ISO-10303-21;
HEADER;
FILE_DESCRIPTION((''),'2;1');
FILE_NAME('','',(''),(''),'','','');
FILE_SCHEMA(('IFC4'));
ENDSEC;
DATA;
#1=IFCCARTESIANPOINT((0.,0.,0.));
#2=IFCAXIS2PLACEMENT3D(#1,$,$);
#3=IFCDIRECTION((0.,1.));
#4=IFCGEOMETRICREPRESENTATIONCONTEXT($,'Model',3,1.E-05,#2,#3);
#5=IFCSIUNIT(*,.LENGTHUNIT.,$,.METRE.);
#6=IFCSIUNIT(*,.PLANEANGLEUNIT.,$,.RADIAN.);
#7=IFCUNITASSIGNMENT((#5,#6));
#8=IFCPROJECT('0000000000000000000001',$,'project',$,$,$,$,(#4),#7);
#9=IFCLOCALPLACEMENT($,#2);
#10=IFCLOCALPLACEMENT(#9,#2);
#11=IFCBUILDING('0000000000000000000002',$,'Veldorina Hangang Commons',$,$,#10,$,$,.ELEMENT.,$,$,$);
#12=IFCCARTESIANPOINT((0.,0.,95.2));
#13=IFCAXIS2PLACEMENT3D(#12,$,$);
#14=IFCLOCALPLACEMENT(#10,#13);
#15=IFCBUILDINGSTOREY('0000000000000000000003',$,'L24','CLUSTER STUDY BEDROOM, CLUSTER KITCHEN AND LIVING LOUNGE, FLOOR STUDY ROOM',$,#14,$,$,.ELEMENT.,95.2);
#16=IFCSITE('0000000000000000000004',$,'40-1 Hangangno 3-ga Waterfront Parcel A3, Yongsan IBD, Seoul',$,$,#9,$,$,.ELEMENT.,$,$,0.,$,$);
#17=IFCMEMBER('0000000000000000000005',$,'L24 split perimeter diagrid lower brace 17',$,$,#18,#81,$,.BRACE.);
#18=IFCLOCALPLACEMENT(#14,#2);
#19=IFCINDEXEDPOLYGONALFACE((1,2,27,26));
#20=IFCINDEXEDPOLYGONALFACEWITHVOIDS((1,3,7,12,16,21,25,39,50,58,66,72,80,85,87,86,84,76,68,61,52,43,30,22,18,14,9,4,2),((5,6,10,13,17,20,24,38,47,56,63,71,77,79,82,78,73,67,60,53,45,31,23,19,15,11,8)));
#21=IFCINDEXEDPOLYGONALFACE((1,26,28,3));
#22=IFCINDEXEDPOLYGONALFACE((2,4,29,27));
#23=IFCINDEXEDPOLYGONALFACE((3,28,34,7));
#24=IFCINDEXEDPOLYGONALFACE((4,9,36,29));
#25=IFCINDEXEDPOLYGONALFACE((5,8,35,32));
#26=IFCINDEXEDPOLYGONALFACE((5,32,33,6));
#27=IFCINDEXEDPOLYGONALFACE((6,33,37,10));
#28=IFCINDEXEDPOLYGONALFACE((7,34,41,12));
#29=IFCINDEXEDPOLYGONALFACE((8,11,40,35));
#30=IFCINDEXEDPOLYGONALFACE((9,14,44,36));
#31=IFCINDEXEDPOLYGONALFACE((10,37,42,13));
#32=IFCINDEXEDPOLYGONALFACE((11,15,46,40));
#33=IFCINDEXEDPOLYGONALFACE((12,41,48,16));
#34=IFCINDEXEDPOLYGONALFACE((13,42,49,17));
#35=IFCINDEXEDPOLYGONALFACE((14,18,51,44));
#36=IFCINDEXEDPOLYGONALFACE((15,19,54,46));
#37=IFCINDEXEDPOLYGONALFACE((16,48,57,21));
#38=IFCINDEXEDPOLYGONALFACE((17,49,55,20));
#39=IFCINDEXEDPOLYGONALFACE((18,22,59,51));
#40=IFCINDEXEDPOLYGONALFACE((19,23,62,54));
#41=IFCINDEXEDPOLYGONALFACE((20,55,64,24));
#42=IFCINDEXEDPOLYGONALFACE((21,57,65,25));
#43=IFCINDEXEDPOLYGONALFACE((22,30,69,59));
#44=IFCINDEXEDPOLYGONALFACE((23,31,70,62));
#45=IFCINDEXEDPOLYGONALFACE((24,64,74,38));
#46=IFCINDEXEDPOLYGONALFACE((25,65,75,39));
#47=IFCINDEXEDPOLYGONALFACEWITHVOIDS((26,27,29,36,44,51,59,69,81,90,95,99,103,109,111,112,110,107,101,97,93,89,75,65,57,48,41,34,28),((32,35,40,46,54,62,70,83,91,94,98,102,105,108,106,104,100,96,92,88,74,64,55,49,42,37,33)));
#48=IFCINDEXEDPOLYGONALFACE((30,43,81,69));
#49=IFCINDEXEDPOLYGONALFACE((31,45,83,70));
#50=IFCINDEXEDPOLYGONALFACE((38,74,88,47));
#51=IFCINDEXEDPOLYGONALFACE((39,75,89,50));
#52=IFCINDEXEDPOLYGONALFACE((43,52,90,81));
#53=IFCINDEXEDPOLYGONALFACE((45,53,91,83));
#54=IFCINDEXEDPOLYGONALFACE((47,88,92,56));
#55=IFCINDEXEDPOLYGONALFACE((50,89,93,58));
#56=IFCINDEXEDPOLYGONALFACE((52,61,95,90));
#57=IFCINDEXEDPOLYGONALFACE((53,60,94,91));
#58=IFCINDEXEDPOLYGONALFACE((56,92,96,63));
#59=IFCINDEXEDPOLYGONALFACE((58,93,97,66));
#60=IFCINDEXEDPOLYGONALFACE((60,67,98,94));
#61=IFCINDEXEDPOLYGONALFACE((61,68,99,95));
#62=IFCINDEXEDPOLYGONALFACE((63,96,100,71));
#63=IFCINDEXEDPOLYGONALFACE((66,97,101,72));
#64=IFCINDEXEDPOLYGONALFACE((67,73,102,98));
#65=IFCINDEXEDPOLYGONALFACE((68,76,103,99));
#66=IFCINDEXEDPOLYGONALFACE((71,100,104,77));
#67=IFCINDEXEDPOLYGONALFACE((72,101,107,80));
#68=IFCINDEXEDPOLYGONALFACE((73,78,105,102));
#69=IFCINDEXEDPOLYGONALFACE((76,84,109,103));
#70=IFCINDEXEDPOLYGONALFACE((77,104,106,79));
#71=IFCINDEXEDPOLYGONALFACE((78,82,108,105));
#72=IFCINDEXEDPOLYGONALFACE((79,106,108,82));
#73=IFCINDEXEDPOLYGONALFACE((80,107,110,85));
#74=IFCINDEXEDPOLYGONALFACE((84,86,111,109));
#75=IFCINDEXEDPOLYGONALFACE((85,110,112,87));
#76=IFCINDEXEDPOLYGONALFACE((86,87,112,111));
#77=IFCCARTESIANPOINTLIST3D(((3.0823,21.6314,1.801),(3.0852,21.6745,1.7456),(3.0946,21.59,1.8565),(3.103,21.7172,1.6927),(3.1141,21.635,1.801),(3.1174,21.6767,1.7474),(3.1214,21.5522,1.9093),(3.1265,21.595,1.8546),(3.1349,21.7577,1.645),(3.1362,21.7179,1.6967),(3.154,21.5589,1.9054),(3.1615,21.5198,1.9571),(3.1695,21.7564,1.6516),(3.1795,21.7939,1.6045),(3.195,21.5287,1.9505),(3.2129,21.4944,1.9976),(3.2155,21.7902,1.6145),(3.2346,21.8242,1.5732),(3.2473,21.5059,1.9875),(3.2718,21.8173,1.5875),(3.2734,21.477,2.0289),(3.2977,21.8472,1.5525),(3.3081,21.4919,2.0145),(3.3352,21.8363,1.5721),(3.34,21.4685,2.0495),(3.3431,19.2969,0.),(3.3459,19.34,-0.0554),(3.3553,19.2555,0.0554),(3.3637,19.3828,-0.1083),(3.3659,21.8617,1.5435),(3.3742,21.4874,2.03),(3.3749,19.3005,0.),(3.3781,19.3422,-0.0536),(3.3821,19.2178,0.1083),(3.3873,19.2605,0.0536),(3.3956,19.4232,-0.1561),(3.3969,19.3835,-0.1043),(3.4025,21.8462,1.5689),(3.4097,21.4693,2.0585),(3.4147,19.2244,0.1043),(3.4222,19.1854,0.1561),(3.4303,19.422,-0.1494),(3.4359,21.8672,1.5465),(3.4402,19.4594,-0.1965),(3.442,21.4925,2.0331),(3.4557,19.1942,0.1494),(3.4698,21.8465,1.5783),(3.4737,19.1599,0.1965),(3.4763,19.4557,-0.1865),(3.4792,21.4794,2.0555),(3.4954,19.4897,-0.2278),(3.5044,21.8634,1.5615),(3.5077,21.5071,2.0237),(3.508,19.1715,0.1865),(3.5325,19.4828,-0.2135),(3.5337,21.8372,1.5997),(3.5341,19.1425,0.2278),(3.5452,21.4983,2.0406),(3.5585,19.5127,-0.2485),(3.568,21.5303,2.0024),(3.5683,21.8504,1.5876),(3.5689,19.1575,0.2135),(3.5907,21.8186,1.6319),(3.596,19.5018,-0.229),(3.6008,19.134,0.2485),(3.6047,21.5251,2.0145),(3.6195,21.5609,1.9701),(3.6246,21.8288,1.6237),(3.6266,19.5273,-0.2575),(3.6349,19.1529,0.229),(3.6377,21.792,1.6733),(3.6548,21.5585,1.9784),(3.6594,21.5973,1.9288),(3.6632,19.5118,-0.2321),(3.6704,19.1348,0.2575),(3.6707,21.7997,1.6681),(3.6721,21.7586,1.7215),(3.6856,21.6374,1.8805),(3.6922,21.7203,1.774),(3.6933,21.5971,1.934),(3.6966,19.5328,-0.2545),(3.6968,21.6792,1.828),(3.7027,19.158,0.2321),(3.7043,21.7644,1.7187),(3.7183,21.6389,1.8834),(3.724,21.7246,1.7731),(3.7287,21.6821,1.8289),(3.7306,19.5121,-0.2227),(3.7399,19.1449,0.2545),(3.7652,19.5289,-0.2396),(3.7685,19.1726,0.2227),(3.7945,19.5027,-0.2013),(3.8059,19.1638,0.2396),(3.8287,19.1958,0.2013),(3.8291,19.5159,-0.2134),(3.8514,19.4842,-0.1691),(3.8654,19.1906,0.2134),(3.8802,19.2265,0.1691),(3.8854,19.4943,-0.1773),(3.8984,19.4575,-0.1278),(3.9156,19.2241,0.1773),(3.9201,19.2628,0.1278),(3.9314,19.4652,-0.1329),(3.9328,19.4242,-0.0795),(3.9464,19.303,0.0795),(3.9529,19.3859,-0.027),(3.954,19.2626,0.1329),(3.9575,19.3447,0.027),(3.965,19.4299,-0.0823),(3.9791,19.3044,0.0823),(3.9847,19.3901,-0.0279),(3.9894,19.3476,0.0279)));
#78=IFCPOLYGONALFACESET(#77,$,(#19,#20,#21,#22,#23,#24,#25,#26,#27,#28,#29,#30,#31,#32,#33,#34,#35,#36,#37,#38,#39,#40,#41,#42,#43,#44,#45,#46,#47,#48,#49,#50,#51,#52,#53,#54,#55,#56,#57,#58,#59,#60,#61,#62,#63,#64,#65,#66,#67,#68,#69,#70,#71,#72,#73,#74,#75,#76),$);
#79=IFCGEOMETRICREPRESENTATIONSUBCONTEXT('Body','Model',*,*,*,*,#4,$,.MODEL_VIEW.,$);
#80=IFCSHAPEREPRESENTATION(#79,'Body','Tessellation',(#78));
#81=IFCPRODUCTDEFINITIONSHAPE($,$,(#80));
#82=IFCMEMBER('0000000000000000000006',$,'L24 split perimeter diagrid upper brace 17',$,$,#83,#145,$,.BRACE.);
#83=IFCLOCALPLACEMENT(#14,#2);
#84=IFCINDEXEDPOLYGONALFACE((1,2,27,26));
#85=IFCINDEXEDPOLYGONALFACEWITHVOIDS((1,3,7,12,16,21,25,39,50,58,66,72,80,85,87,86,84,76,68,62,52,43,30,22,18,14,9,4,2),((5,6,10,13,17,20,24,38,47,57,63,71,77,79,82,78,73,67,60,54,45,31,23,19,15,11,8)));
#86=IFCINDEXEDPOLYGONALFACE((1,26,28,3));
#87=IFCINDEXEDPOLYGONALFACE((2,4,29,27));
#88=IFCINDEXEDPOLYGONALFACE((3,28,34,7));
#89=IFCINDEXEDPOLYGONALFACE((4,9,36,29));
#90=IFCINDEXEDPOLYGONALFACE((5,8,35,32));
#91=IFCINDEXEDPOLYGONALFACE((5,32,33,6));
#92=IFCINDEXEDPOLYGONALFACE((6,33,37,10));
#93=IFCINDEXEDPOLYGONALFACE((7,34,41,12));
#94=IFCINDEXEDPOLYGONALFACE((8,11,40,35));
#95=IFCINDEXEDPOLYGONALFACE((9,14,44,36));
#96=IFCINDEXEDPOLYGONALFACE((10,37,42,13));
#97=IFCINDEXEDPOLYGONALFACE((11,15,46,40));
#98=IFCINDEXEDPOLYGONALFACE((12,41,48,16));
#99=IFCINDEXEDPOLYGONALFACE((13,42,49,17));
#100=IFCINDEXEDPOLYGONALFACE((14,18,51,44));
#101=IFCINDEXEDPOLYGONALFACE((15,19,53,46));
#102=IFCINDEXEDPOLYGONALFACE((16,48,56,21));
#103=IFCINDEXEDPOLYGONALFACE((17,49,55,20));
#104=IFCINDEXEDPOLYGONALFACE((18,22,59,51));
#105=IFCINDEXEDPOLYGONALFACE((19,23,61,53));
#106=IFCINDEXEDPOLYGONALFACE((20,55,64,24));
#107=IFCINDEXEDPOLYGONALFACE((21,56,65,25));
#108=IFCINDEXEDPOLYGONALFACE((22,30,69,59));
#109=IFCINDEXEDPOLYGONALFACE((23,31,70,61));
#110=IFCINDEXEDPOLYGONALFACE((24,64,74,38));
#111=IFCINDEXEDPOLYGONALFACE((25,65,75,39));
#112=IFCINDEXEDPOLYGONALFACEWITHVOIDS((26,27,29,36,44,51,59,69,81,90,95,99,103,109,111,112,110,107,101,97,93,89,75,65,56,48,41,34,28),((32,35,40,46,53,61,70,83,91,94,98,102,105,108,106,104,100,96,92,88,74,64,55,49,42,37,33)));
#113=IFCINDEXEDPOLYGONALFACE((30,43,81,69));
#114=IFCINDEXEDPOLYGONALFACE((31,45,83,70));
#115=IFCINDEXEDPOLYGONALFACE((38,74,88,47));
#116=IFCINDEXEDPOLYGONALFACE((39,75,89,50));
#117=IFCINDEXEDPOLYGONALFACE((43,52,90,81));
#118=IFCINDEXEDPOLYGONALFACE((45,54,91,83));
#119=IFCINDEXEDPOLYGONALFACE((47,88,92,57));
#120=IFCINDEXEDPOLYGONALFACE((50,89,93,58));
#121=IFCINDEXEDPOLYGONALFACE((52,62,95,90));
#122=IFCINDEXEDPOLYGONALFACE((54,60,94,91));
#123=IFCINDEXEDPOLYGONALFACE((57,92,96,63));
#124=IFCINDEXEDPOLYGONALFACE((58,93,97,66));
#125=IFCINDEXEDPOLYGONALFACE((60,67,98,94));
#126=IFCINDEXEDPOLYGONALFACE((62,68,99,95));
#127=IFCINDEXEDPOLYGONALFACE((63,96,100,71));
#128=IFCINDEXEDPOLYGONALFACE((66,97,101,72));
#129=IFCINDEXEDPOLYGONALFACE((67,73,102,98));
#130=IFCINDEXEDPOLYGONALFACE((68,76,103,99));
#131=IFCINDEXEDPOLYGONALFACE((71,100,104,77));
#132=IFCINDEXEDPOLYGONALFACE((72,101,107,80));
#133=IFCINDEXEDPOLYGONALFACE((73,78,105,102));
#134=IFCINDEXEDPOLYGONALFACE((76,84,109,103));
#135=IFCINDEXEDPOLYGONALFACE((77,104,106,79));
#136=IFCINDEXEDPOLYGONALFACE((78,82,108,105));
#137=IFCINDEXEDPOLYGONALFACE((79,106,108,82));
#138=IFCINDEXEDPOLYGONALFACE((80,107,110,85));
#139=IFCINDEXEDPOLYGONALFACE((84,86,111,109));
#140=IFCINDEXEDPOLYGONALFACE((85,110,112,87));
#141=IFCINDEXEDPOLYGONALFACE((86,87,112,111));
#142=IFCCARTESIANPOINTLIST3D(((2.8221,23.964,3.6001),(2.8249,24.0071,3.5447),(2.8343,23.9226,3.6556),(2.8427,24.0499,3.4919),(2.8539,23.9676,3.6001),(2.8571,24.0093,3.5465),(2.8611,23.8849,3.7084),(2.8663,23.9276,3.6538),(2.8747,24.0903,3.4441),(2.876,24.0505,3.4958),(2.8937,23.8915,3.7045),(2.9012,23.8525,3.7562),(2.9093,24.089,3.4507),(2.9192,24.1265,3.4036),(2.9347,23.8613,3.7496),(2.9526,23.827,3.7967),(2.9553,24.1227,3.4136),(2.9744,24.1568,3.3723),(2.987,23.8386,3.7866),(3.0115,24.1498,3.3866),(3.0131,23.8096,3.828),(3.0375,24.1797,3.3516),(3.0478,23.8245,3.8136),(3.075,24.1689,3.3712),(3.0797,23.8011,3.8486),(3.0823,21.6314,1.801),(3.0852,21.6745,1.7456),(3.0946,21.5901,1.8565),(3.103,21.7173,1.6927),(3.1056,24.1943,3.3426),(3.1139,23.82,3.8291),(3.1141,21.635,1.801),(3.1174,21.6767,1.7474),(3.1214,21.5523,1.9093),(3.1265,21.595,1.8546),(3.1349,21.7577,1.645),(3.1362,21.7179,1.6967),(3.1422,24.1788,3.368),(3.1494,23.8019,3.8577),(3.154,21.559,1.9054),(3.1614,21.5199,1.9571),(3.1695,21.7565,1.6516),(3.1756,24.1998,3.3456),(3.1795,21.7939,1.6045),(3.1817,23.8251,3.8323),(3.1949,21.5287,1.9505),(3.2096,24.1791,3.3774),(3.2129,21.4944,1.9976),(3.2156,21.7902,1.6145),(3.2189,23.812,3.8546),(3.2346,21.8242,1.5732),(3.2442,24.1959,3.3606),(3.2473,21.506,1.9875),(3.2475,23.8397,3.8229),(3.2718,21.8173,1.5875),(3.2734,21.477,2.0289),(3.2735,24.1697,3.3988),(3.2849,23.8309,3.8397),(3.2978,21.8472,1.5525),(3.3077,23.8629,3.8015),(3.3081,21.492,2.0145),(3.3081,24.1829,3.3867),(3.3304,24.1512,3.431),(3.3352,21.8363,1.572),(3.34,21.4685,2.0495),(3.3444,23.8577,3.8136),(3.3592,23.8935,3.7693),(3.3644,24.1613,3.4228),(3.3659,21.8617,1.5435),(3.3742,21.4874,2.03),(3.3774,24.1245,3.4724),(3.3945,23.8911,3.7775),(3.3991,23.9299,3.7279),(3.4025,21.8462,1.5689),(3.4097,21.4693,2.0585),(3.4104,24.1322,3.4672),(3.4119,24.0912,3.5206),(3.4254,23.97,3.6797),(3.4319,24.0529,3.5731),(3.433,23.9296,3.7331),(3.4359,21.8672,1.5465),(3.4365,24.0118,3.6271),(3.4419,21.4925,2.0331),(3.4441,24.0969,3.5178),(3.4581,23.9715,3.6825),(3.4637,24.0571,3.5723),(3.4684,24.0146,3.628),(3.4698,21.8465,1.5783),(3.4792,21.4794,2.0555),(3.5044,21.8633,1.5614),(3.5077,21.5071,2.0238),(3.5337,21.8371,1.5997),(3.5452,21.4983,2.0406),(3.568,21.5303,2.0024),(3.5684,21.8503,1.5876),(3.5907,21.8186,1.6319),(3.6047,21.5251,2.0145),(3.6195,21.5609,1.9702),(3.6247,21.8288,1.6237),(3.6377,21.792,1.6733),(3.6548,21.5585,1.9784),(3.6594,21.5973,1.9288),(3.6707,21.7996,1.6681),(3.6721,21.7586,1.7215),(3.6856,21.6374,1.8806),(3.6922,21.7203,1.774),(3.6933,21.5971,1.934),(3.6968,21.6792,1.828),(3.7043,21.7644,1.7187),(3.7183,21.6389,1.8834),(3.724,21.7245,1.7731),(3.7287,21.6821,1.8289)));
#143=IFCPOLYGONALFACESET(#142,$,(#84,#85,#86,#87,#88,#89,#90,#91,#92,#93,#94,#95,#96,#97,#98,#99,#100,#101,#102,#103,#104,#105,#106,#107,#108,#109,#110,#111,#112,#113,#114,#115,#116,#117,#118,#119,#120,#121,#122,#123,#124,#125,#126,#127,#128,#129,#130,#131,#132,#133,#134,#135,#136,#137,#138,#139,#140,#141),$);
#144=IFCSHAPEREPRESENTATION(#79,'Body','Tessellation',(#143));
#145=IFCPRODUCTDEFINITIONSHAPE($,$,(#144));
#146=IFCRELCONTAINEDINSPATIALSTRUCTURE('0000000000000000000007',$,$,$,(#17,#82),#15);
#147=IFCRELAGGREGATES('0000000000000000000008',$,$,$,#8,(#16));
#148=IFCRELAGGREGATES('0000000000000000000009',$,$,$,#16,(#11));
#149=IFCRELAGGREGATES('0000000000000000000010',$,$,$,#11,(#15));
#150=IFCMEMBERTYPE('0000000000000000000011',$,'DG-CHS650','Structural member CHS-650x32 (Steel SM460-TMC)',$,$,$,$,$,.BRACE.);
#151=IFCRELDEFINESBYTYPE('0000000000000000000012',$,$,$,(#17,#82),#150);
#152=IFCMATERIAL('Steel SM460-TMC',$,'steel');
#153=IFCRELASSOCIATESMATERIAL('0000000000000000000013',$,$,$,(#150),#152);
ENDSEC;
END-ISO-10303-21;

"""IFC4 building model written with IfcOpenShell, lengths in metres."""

from ifc_helpers import new_model, si_unit, direction, frame, origin, origin_2d, place, context, subcontext, project, spatial, hollow_circle, extrude, material, material_profile, profile_set, type_object, element, save


model = new_model("IFC4")

# Units and contexts
model_context = context("Model", 3, precision=1e-05, world=origin(), true_north=direction((0.0, 1.0)))
body_context = subcontext(model_context, "Body", "Model", "MODEL_VIEW")
ifc_project = project(units=[si_unit("LENGTHUNIT", "METRE"), si_unit("PLANEANGLEUNIT", "RADIAN")], contexts=[model_context])

# Site, building, storey
site_placement = place(None, origin())
site = spatial("IfcSite", under=ifc_project, at=site_placement, Name="40-1 Hangangno 3-ga Waterfront Parcel A3, Yongsan IBD, Seoul", CompositionType="ELEMENT", RefElevation=0.0)
building_placement = place(site_placement, origin())
building = spatial("IfcBuilding", under=site, at=building_placement, Name="Veldorina Hangang Commons", CompositionType="ELEMENT")
storey_placement = place(building_placement, frame((0.0, 0.0, 95.2)))
storey = spatial("IfcBuildingStorey", under=building, at=storey_placement, Name="L24", Description="CLUSTER STUDY BEDROOM, CLUSTER KITCHEN AND LIVING LOUNGE, FLOOR STUDY ROOM", CompositionType="ELEMENT", Elevation=95.2)

# Members
ifc_material_1 = material(Name="Steel SM460-TMC", Category="steel")
ifc_material_profile_1 = material_profile(ifc_material_1, hollow_circle(Radius=0.325, WallThickness=0.032, at=origin_2d()), Name="CHS-650x32")
ifc_profile_set_1 = profile_set([ifc_material_profile_1], Name="Steel SM460-TMC")
member_type = type_object("IfcMemberType", Name="DG-CHS650", Description="Structural member CHS-650x32 (Steel SM460-TMC)", PredefinedType="BRACE", material=ifc_profile_set_1)
member_1_placement = place(storey_placement, frame((3.666, 19.333, 0.0), z_axis=(-0.088089, 0.78868, 0.60846), x_axis=(-0.99382, -0.111002, 0.0)))
element("IfcMember", 1, at=member_1_placement, inside=storey, type_object=member_type, Name="L24 split perimeter diagrid lower brace 17", PredefinedType="BRACE", context=body_context, shape_type="SweptSolid", body=[
    extrude(hollow_circle(Radius=0.325, WallThickness=0.032, at=origin_2d()), origin(), (0.0, 0.0, 1.0), 2.96),
])
member_2_placement = place(storey_placement, frame((3.4053, 21.6675, 1.801), z_axis=(-0.088007, 0.788759, 0.60837), x_axis=(-0.993833, -0.110888, 0.0)))
element("IfcMember", 2, at=member_2_placement, inside=storey, type_object=member_type, Name="L24 split perimeter diagrid upper brace 17", PredefinedType="BRACE", context=body_context, shape_type="SweptSolid", body=[
    extrude(hollow_circle(Radius=0.325, WallThickness=0.032, at=origin_2d()), origin(), (0.0, 0.0, 1.0), 2.9573),
])

save(model, "model.ifc")
